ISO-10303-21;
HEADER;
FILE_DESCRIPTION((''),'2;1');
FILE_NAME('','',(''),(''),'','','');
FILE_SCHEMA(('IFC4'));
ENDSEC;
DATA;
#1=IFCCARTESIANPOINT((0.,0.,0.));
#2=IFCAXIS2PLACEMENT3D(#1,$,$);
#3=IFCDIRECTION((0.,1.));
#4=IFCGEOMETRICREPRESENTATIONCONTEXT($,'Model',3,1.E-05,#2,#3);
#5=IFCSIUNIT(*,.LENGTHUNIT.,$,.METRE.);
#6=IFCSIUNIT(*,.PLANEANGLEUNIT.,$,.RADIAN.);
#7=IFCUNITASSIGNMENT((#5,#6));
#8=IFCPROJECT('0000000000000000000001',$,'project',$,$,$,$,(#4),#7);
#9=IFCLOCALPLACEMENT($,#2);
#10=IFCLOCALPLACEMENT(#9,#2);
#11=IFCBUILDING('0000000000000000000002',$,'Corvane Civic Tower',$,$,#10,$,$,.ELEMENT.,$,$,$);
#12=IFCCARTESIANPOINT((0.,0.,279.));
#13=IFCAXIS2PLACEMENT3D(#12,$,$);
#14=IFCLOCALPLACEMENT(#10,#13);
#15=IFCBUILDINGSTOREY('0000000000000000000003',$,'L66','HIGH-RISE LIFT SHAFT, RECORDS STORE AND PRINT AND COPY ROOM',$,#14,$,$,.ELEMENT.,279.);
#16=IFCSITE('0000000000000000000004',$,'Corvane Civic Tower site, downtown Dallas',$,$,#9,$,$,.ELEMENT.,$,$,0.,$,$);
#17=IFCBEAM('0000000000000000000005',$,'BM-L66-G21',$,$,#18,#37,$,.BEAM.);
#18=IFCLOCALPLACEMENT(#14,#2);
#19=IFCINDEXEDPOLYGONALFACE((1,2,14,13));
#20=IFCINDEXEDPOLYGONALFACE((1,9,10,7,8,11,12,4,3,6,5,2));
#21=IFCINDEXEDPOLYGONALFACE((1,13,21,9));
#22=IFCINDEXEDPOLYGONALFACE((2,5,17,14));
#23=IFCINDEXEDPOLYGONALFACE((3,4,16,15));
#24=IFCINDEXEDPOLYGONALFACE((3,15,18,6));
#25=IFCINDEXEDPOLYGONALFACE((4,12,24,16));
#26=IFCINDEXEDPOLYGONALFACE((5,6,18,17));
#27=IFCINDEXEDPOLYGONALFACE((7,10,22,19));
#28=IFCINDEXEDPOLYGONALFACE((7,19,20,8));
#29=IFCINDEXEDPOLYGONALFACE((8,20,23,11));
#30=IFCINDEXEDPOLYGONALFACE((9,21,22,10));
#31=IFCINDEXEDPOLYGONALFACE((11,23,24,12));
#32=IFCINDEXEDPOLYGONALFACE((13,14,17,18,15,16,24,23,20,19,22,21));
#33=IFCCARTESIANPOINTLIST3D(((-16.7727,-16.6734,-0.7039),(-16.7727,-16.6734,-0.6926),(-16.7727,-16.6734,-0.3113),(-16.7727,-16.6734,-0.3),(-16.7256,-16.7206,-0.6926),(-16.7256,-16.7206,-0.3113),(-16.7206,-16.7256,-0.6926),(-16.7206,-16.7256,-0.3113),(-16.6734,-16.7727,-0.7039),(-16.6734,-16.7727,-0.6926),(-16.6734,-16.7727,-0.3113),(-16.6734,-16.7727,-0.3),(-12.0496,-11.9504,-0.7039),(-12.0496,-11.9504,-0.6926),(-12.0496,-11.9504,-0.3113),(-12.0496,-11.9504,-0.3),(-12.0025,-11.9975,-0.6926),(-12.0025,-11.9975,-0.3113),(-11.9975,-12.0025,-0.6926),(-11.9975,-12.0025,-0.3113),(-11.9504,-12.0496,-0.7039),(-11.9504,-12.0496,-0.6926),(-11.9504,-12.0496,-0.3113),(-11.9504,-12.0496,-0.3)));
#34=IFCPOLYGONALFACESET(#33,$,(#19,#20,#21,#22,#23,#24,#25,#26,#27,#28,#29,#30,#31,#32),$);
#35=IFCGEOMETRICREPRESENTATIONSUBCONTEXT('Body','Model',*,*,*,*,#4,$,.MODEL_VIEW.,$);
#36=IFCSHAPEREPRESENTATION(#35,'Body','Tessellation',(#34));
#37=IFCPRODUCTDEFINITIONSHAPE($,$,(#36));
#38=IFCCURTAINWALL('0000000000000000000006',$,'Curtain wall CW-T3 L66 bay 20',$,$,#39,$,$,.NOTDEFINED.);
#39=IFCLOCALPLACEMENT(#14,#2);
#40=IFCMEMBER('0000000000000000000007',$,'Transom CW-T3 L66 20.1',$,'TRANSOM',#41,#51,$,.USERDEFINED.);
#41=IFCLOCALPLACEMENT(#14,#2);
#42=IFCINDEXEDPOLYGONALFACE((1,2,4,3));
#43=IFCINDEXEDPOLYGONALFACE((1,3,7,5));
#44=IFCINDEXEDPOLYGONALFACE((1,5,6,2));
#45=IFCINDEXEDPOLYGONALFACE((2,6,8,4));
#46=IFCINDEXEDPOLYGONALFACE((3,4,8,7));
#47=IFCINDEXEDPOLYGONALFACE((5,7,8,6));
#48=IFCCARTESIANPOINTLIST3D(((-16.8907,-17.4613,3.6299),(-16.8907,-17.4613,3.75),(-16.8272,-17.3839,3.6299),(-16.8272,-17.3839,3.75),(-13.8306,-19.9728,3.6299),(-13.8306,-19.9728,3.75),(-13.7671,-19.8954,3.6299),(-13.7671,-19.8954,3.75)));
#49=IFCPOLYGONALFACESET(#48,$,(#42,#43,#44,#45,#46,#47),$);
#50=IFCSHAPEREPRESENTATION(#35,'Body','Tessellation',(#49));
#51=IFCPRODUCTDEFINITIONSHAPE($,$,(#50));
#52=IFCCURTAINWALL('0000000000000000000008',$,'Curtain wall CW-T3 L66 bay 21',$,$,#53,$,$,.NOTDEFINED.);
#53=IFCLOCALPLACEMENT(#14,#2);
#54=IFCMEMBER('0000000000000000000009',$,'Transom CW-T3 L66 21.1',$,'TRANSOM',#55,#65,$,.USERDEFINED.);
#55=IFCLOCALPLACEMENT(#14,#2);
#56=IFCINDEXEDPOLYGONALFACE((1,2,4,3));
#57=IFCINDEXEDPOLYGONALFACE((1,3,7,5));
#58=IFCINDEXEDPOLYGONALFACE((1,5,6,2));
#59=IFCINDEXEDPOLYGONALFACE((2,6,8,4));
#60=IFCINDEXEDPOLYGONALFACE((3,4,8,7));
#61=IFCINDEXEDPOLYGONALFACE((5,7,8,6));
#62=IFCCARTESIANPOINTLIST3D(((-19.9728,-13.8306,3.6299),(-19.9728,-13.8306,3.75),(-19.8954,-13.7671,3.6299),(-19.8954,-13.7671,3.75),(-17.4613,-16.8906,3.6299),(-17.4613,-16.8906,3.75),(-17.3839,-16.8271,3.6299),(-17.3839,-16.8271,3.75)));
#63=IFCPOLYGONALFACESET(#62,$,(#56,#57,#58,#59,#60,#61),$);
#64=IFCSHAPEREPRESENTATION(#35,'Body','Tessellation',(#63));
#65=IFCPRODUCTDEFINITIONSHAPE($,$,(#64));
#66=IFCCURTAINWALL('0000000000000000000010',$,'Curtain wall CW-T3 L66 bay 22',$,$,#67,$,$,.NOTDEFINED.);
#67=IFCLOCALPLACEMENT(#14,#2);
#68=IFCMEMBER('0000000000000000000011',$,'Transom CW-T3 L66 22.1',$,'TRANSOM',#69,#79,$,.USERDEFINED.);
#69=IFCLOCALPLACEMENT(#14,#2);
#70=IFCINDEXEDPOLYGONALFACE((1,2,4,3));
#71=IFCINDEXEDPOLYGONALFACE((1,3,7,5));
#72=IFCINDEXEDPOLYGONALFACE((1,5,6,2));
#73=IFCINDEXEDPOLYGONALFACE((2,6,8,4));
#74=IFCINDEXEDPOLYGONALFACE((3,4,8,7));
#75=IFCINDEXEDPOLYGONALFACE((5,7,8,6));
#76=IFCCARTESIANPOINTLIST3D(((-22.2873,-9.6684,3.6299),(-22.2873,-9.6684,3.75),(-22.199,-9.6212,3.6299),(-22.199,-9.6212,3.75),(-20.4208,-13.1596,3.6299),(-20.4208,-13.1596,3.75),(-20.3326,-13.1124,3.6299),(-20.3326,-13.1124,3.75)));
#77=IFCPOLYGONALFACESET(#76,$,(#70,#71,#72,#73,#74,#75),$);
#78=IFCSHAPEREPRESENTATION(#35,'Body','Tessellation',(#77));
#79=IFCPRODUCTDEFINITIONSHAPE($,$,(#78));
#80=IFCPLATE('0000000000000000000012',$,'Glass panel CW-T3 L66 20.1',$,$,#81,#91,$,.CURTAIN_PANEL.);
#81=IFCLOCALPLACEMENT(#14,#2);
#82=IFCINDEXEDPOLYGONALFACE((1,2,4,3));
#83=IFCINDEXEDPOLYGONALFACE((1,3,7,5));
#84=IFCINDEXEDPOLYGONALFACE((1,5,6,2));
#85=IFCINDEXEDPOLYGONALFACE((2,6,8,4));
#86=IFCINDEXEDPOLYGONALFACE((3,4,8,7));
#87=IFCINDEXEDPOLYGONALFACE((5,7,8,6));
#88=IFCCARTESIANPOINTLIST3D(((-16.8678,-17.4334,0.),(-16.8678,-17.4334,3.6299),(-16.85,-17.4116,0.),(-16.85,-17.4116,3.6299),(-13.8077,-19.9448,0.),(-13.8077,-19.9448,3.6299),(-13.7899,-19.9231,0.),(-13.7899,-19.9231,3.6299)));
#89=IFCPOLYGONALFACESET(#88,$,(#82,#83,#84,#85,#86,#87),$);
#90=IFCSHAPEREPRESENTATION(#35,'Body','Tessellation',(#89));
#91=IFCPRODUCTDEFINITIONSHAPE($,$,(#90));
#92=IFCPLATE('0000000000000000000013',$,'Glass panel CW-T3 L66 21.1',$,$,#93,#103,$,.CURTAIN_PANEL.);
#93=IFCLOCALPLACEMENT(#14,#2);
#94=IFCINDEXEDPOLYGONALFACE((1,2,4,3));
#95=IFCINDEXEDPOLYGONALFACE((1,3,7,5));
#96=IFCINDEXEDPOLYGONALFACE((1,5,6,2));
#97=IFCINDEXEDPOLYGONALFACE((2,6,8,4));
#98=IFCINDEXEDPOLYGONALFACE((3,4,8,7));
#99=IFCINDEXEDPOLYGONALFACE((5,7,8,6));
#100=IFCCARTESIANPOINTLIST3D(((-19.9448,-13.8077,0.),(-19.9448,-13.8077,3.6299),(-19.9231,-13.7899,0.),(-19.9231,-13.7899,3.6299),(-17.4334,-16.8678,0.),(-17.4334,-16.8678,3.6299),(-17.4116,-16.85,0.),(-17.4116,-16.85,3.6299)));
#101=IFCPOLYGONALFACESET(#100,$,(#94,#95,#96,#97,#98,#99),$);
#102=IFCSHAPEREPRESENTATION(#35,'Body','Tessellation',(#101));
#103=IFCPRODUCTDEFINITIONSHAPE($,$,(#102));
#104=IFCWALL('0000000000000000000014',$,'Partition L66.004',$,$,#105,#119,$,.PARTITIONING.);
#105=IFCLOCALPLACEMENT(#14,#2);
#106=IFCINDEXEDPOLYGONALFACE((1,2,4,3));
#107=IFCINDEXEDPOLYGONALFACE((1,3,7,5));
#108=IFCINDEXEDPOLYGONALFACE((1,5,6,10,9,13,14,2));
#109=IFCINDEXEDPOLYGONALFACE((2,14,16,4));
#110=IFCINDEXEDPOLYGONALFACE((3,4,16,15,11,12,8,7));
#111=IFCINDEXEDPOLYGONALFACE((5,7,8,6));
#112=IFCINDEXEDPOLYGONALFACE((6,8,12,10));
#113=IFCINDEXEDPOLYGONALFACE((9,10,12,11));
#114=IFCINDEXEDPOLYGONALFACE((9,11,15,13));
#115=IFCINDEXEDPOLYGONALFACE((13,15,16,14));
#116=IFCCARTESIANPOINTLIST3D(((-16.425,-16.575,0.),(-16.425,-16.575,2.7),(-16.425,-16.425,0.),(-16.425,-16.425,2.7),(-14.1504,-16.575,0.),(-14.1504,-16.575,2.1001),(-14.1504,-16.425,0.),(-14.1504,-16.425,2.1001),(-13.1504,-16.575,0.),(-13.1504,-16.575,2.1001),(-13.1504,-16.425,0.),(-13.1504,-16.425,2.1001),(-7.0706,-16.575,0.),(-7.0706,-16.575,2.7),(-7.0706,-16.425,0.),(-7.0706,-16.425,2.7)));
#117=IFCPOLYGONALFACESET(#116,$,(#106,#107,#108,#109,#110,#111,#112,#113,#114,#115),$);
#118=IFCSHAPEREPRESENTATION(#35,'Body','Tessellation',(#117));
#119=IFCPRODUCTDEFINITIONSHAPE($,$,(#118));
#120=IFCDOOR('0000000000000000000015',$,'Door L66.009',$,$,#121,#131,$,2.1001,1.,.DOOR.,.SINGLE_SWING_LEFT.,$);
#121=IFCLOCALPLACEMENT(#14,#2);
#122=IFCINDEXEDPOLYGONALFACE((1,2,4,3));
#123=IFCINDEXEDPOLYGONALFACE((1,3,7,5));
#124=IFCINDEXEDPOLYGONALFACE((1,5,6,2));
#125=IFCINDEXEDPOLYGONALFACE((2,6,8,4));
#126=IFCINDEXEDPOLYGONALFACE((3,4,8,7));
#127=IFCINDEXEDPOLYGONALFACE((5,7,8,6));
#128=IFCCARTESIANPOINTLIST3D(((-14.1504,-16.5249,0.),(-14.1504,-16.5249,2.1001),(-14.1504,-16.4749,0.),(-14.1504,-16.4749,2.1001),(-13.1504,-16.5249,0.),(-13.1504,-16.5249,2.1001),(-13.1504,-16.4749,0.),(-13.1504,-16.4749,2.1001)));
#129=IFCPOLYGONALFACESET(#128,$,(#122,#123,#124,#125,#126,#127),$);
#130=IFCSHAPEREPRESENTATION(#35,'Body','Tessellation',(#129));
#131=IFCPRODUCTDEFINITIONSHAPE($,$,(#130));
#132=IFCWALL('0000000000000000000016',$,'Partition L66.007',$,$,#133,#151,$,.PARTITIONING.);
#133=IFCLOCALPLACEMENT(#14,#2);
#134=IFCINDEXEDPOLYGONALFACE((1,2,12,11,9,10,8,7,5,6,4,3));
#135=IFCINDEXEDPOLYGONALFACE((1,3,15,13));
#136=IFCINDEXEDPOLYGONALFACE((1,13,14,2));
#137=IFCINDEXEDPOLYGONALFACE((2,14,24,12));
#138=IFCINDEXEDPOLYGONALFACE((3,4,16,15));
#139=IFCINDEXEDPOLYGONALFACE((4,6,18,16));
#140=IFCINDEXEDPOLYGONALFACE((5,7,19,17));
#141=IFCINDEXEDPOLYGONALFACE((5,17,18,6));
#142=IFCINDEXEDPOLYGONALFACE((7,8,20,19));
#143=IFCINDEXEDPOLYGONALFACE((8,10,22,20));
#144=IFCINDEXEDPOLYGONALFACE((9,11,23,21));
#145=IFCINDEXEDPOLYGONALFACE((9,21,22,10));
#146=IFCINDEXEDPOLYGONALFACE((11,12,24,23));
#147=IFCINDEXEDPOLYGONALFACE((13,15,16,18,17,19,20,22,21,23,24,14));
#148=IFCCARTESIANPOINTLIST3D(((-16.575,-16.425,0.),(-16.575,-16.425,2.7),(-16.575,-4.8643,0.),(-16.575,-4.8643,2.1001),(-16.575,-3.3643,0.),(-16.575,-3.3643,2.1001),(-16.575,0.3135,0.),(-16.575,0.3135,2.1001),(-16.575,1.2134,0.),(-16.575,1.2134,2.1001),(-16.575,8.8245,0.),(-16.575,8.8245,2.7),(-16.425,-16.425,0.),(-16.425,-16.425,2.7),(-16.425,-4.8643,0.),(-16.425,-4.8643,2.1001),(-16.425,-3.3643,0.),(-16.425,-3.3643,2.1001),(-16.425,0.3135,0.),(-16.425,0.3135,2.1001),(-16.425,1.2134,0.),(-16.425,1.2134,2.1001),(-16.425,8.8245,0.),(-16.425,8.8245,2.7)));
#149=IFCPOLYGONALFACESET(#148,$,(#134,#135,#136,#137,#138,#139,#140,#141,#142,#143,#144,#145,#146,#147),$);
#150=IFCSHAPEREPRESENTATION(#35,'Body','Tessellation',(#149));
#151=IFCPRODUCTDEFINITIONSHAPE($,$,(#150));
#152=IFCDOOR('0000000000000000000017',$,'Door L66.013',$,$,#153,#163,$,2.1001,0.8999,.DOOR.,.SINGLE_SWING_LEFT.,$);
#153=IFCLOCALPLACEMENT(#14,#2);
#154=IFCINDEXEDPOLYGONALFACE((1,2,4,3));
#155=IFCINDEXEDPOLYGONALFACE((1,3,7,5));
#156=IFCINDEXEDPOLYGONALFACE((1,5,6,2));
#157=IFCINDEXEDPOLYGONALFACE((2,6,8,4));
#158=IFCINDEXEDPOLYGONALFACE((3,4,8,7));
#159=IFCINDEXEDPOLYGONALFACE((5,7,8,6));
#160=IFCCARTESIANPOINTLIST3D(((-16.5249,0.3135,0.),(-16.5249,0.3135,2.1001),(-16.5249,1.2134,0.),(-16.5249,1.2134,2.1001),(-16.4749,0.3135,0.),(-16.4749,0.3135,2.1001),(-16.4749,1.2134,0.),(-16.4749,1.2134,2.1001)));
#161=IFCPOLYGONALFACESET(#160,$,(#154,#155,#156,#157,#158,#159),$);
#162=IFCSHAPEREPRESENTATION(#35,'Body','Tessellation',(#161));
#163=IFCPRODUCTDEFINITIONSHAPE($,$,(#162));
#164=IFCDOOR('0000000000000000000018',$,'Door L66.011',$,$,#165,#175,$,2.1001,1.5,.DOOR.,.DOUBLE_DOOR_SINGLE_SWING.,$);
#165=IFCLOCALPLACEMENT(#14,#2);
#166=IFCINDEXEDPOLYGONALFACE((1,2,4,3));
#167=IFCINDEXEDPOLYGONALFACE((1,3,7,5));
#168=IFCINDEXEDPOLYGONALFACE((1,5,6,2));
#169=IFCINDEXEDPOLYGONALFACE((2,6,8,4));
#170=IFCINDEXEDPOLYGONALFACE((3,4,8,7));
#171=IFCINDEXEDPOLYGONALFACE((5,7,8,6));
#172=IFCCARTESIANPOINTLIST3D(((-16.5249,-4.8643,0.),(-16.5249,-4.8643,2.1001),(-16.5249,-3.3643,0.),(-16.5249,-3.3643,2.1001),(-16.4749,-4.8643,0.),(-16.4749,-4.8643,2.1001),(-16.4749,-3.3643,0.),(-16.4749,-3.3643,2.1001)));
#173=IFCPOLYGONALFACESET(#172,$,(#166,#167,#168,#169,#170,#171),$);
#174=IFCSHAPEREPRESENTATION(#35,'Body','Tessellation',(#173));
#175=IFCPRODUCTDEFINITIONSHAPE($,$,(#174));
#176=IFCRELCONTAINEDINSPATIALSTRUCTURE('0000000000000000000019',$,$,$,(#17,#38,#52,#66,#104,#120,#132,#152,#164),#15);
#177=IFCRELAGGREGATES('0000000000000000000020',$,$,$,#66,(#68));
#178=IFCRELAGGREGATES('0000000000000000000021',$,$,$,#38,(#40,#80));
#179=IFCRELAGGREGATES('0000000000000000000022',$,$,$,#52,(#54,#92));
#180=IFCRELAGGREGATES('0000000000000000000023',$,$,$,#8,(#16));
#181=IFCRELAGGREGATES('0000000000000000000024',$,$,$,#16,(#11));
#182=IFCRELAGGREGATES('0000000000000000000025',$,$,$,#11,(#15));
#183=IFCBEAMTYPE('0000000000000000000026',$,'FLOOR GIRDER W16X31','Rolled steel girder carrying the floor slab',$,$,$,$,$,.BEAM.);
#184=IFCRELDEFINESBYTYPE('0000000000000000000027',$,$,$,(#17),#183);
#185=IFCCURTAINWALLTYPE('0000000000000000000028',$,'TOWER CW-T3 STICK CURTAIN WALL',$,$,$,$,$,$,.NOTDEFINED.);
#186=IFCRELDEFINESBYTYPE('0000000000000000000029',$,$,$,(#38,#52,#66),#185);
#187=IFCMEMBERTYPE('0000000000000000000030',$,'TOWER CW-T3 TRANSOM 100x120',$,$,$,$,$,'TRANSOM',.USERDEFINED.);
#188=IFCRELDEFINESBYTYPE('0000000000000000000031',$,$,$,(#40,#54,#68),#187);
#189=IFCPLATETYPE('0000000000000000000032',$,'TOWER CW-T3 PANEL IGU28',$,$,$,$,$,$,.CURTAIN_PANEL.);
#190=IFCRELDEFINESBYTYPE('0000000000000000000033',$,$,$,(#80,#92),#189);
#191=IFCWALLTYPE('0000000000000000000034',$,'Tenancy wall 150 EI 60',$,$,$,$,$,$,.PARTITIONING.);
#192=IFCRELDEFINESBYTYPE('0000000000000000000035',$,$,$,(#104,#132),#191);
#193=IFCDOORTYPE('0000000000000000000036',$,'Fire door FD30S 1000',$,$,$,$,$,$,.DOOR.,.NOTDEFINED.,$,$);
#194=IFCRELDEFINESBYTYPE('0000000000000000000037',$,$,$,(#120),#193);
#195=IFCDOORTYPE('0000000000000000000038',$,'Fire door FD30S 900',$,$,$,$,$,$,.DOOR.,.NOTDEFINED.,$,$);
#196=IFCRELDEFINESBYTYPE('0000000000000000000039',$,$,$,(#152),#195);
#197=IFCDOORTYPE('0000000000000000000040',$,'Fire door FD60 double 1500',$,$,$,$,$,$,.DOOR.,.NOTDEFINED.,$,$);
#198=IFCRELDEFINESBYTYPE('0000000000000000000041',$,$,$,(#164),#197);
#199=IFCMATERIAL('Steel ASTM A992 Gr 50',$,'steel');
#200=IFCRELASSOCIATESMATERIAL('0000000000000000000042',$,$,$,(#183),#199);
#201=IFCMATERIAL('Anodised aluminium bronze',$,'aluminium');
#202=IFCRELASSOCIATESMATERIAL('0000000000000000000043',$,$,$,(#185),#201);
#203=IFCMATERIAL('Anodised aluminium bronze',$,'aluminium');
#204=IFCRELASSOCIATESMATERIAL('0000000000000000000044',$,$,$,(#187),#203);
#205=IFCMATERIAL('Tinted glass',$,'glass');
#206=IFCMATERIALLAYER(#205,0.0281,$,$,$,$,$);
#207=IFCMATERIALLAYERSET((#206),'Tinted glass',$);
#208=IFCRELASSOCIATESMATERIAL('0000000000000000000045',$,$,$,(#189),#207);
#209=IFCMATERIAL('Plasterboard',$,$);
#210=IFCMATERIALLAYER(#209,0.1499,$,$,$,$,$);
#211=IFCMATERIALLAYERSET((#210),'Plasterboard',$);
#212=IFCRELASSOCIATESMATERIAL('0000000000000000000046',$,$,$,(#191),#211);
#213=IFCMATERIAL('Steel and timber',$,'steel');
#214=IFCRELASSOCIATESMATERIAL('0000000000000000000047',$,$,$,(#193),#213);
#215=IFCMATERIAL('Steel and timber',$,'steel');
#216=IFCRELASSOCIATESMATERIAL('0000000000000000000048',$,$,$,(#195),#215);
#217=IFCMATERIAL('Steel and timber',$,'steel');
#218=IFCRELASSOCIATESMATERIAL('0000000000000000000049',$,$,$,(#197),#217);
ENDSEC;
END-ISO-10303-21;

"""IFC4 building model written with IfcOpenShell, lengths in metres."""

from ifc_helpers import new_model, si_unit, direction, frame, frame_2d, origin, origin_2d, place, context, subcontext, project, spatial, rectangle, i_section, extrude, material, layer, layer_set, material_profile, profile_set, type_object, element, fill, aggregate, save


model = new_model("IFC4")

# Units and contexts
model_context = context("Model", 3, precision=1e-05, world=origin(), true_north=direction((0.0, 1.0)))
body_context = subcontext(model_context, "Body", "Model", "MODEL_VIEW")
ifc_project = project(units=[si_unit("LENGTHUNIT", "METRE"), si_unit("PLANEANGLEUNIT", "RADIAN")], contexts=[model_context])

# Site, building, storey
site_placement = place(None, origin())
site = spatial("IfcSite", under=ifc_project, at=site_placement, Name="Corvane Civic Tower site, downtown Dallas", CompositionType="ELEMENT", RefElevation=0.0)
building_placement = place(site_placement, origin())
building = spatial("IfcBuilding", under=site, at=building_placement, Name="Corvane Civic Tower", CompositionType="ELEMENT")
storey_placement = place(building_placement, frame((0.0, 0.0, 279.0)))
storey = spatial("IfcBuildingStorey", under=building, at=storey_placement, Name="L66", Description="HIGH-RISE LIFT SHAFT, RECORDS STORE AND PRINT AND COPY ROOM", CompositionType="ELEMENT", Elevation=279.0)

# Beam
ifc_material_1 = material(Name="Steel ASTM A992 Gr 50", Category="steel")
ifc_material_profile_1 = material_profile(ifc_material_1, i_section(OverallWidth=0.1404, OverallDepth=0.4038, WebThickness=0.0071, FlangeThickness=0.0112, at=origin_2d()), Name="W16X31")
ifc_profile_set_1 = profile_set([ifc_material_profile_1], Name="Steel ASTM A992 Gr 50")
beam_type_1 = type_object("IfcBeamType", Name="FLOOR GIRDER W16X31", Description="Rolled steel girder carrying the floor slab", PredefinedType="BEAM", material=ifc_profile_set_1)
beam_1_placement = place(storey_placement, frame((-12.0, -12.0, -0.502), z_axis=(-0.707107, -0.707107, 0.0), x_axis=(0.707107, -0.707107, 0.0)))
element("IfcBeam", 1, at=beam_1_placement, inside=storey, type_object=beam_type_1, Name="BM-L66-G21", PredefinedType="BEAM", context=body_context, shape_type="SweptSolid", body=[
    extrude(i_section(OverallWidth=0.1404, OverallDepth=0.4038, WebThickness=0.0071, FlangeThickness=0.0112, at=origin_2d()), origin(), (0.0, 0.0, 1.0), 6.6794),
])

# Curtain walls, members
ifc_material_2 = material(Name="Anodised aluminium bronze", Category="aluminium")
curtain_wall_type = type_object("IfcCurtainWallType", Name="TOWER CW-T3 STICK CURTAIN WALL", PredefinedType="NOTDEFINED", material=ifc_material_2)
curtain_wall_1_placement = place(storey_placement, origin())
curtain_wall_1 = element("IfcCurtainWall", 2, at=curtain_wall_1_placement, inside=storey, type_object=curtain_wall_type, Name="Curtain wall CW-T3 L66 bay 20", PredefinedType="NOTDEFINED")
ifc_material_3 = material(Name="Anodised aluminium bronze", Category="aluminium")
ifc_material_profile_2 = material_profile(ifc_material_3, rectangle(XDim=0.1001, YDim=0.1201, at=origin_2d()), Name="TOWER CW-T3 TRANSOM 100x120")
ifc_profile_set_2 = profile_set([ifc_material_profile_2], Name="Anodised aluminium bronze")
member_type = type_object("IfcMemberType", Name="TOWER CW-T3 TRANSOM 100x120", ElementType="TRANSOM", PredefinedType="USERDEFINED", material=ifc_profile_set_2)
member_1_placement = place(storey_placement, frame((-13.7988, -19.9341, 3.6899), z_axis=(-0.772992, 0.634416, 0.0), x_axis=(-0.634416, -0.772992, 0.0)))
member_1 = element("IfcMember", 3, at=member_1_placement, type_object=member_type, Name="Transom CW-T3 L66 20.1", ObjectType="TRANSOM", PredefinedType="USERDEFINED", context=body_context, shape_type="SweptSolid", body=[
    extrude(rectangle(XDim=0.1001, YDim=0.1201, at=origin_2d()), origin(), (0.0, 0.0, 1.0), 3.9587),
])
curtain_wall_2_placement = place(storey_placement, origin())
curtain_wall_2 = element("IfcCurtainWall", 4, at=curtain_wall_2_placement, inside=storey, type_object=curtain_wall_type, Name="Curtain wall CW-T3 L66 bay 21", PredefinedType="NOTDEFINED")
member_2_placement = place(storey_placement, frame((-17.4226, -16.8589, 3.6899), z_axis=(-0.634416, 0.772992, 0.0), x_axis=(-0.772992, -0.634416, 0.0)))
member_2 = element("IfcMember", 5, at=member_2_placement, type_object=member_type, Name="Transom CW-T3 L66 21.1", ObjectType="TRANSOM", PredefinedType="USERDEFINED", context=body_context, shape_type="SweptSolid", body=[
    extrude(rectangle(XDim=0.1001, YDim=0.1201, at=origin_2d()), origin(), (0.0, 0.0, 1.0), 3.9587),
])
curtain_wall_3_placement = place(storey_placement, origin())
curtain_wall_3 = element("IfcCurtainWall", 6, at=curtain_wall_3_placement, inside=storey, type_object=curtain_wall_type, Name="Curtain wall CW-T3 L66 bay 22", PredefinedType="NOTDEFINED")
member_3_placement = place(storey_placement, frame((-20.3767, -13.136, 3.6899), z_axis=(-0.471468, 0.881883, 0.0), x_axis=(-0.881883, -0.471468, 0.0)))
member_3 = element("IfcMember", 7, at=member_3_placement, type_object=member_type, Name="Transom CW-T3 L66 22.1", ObjectType="TRANSOM", PredefinedType="USERDEFINED", context=body_context, shape_type="SweptSolid", body=[
    extrude(rectangle(XDim=0.1001, YDim=0.1201, at=origin_2d()), origin(), (0.0, 0.0, 1.0), 3.9587),
])
aggregate(curtain_wall_3, [member_3])

# Plates
ifc_material_4 = material(Name="Tinted glass", Category="glass")
ifc_layer_1 = layer(ifc_material_4, 0.0281)
ifc_layer_set_1 = layer_set([ifc_layer_1], Name="Tinted glass")
plate_type = type_object("IfcPlateType", Name="TOWER CW-T3 PANEL IGU28", PredefinedType="CURTAIN_PANEL", material=ifc_layer_set_1)
plate_1_placement = place(storey_placement, frame((-15.3289, -18.6782, 0.0), z_axis=(0.0, 0.0, 1.0), x_axis=(-0.773001, 0.634405, 0.0)))
plate_1 = element("IfcPlate", 8, at=plate_1_placement, type_object=plate_type, Name="Glass panel CW-T3 L66 20.1", PredefinedType="CURTAIN_PANEL", context=body_context, shape_type="SweptSolid", body=[
    extrude(rectangle(XDim=3.9587, YDim=0.0281, at=origin_2d()), origin(), (0.0, 0.0, 1.0), 3.6299),
])
aggregate(curtain_wall_1, [member_1, plate_1])
plate_2_placement = place(storey_placement, frame((-18.6782, -15.3289, 0.0), z_axis=(0.0, 0.0, 1.0), x_axis=(-0.634405, 0.773001, 0.0)))
plate_2 = element("IfcPlate", 9, at=plate_2_placement, type_object=plate_type, Name="Glass panel CW-T3 L66 21.1", PredefinedType="CURTAIN_PANEL", context=body_context, shape_type="SweptSolid", body=[
    extrude(rectangle(XDim=3.9587, YDim=0.0281, at=origin_2d()), origin(), (0.0, 0.0, 1.0), 3.6299),
])
aggregate(curtain_wall_2, [member_2, plate_2])

# Wall, opening, door
ifc_material_5 = material(Name="Plasterboard")
ifc_layer_2 = layer(ifc_material_5, 0.1499)
ifc_layer_set_2 = layer_set([ifc_layer_2], Name="Plasterboard")
wall_type = type_object("IfcWallType", Name="Tenancy wall 150 EI 60", PredefinedType="PARTITIONING", material=ifc_layer_set_2)
wall_1_placement = place(storey_placement, frame((-16.425, -16.5, 0.0), z_axis=(0.0, 0.0, 1.0), x_axis=(1.0, 0.0, 0.0)))
wall_1 = element("IfcWall", 10, at=wall_1_placement, inside=storey, type_object=wall_type, Name="Partition L66.004", PredefinedType="PARTITIONING", context=body_context, shape_type="SweptSolid", body=[
    extrude(rectangle(XDim=9.3545, YDim=0.1499, at=frame_2d((4.6772, 0.0))), origin(), (0.0, 0.0, 1.0), 2.7),
])
opening_1_placement = place(wall_1_placement, frame((2.2747, 0.0, 0.0)))
opening_1 = element("IfcOpeningElement", 11, at=opening_1_placement, cuts=wall_1, PredefinedType="OPENING", context=body_context, shape_type="SweptSolid", body=[
    extrude(rectangle(XDim=1.0, YDim=2.1001, at=frame_2d((0.5, 1.05))), frame((0.0, 0.085, 0.0), z_axis=(0.0, -1.0, 0.0), x_axis=(1.0, 0.0, 0.0)), (0.0, 0.0, 1.0), 0.1699),
])
ifc_material_6 = material(Name="Steel and timber", Category="steel")
door_type_1 = type_object("IfcDoorType", Name="Fire door FD30S 1000", OperationType="NOTDEFINED", PredefinedType="DOOR", material=ifc_material_6)
door_1_placement = place(opening_1_placement, frame((1.0, 0.0, 0.0), z_axis=(0.0, 0.0, 1.0), x_axis=(-1.0, 0.0, 0.0)))
door_1 = element("IfcDoor", 12, at=door_1_placement, inside=storey, type_object=door_type_1, Name="Door L66.009", OperationType="SINGLE_SWING_LEFT", OverallHeight=2.1001, OverallWidth=1.0, PredefinedType="DOOR", context=body_context, shape_type="SweptSolid", body=[
    extrude(rectangle(XDim=1.0, YDim=2.1001, at=frame_2d((0.5, 1.05))), frame((0.0, 0.0249, 0.0), z_axis=(0.0, -1.0, 0.0), x_axis=(1.0, 0.0, 0.0)), (0.0, 0.0, 1.0), 0.05),
])
fill(opening_1, door_1)

# Wall, openings, doors
wall_2_placement = place(storey_placement, frame((-16.5, -16.425, 0.0), z_axis=(0.0, 0.0, 1.0), x_axis=(0.0, 1.0, 0.0)))
wall_2 = element("IfcWall", 13, at=wall_2_placement, inside=storey, type_object=wall_type, Name="Partition L66.007", PredefinedType="PARTITIONING", context=body_context, shape_type="SweptSolid", body=[
    extrude(rectangle(XDim=25.2495, YDim=0.1499, at=frame_2d((12.6248, 0.0))), origin(), (0.0, 0.0, 1.0), 2.7),
])
opening_2_placement = place(wall_2_placement, frame((11.5608, 0.0, 0.0)))
opening_2 = element("IfcOpeningElement", 14, at=opening_2_placement, cuts=wall_2, PredefinedType="OPENING", context=body_context, shape_type="SweptSolid", body=[
    extrude(rectangle(XDim=1.5, YDim=2.1001, at=frame_2d((0.75, 1.05))), frame((0.0, 0.085, 0.0), z_axis=(0.0, -1.0, 0.0), x_axis=(1.0, 0.0, 0.0)), (0.0, 0.0, 1.0), 0.1699),
])
opening_3_placement = place(wall_2_placement, frame((16.7385, 0.0, 0.0)))
opening_3 = element("IfcOpeningElement", 15, at=opening_3_placement, cuts=wall_2, PredefinedType="OPENING", context=body_context, shape_type="SweptSolid", body=[
    extrude(rectangle(XDim=0.8999, YDim=2.1001, at=frame_2d((0.45, 1.05))), frame((0.0, 0.085, 0.0), z_axis=(0.0, -1.0, 0.0), x_axis=(1.0, 0.0, 0.0)), (0.0, 0.0, 1.0), 0.1699),
])
ifc_material_7 = material(Name="Steel and timber", Category="steel")
door_type_2 = type_object("IfcDoorType", Name="Fire door FD30S 900", OperationType="NOTDEFINED", PredefinedType="DOOR", material=ifc_material_7)
door_2_placement = place(opening_3_placement, origin())
door_2 = element("IfcDoor", 16, at=door_2_placement, inside=storey, type_object=door_type_2, Name="Door L66.013", OperationType="SINGLE_SWING_LEFT", OverallHeight=2.1001, OverallWidth=0.8999, PredefinedType="DOOR", context=body_context, shape_type="SweptSolid", body=[
    extrude(rectangle(XDim=0.8999, YDim=2.1001, at=frame_2d((0.45, 1.05))), frame((0.0, 0.0249, 0.0), z_axis=(0.0, -1.0, 0.0), x_axis=(1.0, 0.0, 0.0)), (0.0, 0.0, 1.0), 0.05),
])
fill(opening_3, door_2)
ifc_material_8 = material(Name="Steel and timber", Category="steel")
door_type_3 = type_object("IfcDoorType", Name="Fire door FD60 double 1500", OperationType="NOTDEFINED", PredefinedType="DOOR", material=ifc_material_8)
door_3_placement = place(opening_2_placement, origin())
door_3 = element("IfcDoor", 17, at=door_3_placement, inside=storey, type_object=door_type_3, Name="Door L66.011", OperationType="DOUBLE_DOOR_SINGLE_SWING", OverallHeight=2.1001, OverallWidth=1.5, PredefinedType="DOOR", context=body_context, shape_type="SweptSolid", body=[
    extrude(rectangle(XDim=1.5, YDim=2.1001, at=frame_2d((0.75, 1.05))), frame((0.0, 0.0249, 0.0), z_axis=(0.0, -1.0, 0.0), x_axis=(1.0, 0.0, 0.0)), (0.0, 0.0, 1.0), 0.05),
])
fill(opening_2, door_3)

save(model, "model.ifc")
